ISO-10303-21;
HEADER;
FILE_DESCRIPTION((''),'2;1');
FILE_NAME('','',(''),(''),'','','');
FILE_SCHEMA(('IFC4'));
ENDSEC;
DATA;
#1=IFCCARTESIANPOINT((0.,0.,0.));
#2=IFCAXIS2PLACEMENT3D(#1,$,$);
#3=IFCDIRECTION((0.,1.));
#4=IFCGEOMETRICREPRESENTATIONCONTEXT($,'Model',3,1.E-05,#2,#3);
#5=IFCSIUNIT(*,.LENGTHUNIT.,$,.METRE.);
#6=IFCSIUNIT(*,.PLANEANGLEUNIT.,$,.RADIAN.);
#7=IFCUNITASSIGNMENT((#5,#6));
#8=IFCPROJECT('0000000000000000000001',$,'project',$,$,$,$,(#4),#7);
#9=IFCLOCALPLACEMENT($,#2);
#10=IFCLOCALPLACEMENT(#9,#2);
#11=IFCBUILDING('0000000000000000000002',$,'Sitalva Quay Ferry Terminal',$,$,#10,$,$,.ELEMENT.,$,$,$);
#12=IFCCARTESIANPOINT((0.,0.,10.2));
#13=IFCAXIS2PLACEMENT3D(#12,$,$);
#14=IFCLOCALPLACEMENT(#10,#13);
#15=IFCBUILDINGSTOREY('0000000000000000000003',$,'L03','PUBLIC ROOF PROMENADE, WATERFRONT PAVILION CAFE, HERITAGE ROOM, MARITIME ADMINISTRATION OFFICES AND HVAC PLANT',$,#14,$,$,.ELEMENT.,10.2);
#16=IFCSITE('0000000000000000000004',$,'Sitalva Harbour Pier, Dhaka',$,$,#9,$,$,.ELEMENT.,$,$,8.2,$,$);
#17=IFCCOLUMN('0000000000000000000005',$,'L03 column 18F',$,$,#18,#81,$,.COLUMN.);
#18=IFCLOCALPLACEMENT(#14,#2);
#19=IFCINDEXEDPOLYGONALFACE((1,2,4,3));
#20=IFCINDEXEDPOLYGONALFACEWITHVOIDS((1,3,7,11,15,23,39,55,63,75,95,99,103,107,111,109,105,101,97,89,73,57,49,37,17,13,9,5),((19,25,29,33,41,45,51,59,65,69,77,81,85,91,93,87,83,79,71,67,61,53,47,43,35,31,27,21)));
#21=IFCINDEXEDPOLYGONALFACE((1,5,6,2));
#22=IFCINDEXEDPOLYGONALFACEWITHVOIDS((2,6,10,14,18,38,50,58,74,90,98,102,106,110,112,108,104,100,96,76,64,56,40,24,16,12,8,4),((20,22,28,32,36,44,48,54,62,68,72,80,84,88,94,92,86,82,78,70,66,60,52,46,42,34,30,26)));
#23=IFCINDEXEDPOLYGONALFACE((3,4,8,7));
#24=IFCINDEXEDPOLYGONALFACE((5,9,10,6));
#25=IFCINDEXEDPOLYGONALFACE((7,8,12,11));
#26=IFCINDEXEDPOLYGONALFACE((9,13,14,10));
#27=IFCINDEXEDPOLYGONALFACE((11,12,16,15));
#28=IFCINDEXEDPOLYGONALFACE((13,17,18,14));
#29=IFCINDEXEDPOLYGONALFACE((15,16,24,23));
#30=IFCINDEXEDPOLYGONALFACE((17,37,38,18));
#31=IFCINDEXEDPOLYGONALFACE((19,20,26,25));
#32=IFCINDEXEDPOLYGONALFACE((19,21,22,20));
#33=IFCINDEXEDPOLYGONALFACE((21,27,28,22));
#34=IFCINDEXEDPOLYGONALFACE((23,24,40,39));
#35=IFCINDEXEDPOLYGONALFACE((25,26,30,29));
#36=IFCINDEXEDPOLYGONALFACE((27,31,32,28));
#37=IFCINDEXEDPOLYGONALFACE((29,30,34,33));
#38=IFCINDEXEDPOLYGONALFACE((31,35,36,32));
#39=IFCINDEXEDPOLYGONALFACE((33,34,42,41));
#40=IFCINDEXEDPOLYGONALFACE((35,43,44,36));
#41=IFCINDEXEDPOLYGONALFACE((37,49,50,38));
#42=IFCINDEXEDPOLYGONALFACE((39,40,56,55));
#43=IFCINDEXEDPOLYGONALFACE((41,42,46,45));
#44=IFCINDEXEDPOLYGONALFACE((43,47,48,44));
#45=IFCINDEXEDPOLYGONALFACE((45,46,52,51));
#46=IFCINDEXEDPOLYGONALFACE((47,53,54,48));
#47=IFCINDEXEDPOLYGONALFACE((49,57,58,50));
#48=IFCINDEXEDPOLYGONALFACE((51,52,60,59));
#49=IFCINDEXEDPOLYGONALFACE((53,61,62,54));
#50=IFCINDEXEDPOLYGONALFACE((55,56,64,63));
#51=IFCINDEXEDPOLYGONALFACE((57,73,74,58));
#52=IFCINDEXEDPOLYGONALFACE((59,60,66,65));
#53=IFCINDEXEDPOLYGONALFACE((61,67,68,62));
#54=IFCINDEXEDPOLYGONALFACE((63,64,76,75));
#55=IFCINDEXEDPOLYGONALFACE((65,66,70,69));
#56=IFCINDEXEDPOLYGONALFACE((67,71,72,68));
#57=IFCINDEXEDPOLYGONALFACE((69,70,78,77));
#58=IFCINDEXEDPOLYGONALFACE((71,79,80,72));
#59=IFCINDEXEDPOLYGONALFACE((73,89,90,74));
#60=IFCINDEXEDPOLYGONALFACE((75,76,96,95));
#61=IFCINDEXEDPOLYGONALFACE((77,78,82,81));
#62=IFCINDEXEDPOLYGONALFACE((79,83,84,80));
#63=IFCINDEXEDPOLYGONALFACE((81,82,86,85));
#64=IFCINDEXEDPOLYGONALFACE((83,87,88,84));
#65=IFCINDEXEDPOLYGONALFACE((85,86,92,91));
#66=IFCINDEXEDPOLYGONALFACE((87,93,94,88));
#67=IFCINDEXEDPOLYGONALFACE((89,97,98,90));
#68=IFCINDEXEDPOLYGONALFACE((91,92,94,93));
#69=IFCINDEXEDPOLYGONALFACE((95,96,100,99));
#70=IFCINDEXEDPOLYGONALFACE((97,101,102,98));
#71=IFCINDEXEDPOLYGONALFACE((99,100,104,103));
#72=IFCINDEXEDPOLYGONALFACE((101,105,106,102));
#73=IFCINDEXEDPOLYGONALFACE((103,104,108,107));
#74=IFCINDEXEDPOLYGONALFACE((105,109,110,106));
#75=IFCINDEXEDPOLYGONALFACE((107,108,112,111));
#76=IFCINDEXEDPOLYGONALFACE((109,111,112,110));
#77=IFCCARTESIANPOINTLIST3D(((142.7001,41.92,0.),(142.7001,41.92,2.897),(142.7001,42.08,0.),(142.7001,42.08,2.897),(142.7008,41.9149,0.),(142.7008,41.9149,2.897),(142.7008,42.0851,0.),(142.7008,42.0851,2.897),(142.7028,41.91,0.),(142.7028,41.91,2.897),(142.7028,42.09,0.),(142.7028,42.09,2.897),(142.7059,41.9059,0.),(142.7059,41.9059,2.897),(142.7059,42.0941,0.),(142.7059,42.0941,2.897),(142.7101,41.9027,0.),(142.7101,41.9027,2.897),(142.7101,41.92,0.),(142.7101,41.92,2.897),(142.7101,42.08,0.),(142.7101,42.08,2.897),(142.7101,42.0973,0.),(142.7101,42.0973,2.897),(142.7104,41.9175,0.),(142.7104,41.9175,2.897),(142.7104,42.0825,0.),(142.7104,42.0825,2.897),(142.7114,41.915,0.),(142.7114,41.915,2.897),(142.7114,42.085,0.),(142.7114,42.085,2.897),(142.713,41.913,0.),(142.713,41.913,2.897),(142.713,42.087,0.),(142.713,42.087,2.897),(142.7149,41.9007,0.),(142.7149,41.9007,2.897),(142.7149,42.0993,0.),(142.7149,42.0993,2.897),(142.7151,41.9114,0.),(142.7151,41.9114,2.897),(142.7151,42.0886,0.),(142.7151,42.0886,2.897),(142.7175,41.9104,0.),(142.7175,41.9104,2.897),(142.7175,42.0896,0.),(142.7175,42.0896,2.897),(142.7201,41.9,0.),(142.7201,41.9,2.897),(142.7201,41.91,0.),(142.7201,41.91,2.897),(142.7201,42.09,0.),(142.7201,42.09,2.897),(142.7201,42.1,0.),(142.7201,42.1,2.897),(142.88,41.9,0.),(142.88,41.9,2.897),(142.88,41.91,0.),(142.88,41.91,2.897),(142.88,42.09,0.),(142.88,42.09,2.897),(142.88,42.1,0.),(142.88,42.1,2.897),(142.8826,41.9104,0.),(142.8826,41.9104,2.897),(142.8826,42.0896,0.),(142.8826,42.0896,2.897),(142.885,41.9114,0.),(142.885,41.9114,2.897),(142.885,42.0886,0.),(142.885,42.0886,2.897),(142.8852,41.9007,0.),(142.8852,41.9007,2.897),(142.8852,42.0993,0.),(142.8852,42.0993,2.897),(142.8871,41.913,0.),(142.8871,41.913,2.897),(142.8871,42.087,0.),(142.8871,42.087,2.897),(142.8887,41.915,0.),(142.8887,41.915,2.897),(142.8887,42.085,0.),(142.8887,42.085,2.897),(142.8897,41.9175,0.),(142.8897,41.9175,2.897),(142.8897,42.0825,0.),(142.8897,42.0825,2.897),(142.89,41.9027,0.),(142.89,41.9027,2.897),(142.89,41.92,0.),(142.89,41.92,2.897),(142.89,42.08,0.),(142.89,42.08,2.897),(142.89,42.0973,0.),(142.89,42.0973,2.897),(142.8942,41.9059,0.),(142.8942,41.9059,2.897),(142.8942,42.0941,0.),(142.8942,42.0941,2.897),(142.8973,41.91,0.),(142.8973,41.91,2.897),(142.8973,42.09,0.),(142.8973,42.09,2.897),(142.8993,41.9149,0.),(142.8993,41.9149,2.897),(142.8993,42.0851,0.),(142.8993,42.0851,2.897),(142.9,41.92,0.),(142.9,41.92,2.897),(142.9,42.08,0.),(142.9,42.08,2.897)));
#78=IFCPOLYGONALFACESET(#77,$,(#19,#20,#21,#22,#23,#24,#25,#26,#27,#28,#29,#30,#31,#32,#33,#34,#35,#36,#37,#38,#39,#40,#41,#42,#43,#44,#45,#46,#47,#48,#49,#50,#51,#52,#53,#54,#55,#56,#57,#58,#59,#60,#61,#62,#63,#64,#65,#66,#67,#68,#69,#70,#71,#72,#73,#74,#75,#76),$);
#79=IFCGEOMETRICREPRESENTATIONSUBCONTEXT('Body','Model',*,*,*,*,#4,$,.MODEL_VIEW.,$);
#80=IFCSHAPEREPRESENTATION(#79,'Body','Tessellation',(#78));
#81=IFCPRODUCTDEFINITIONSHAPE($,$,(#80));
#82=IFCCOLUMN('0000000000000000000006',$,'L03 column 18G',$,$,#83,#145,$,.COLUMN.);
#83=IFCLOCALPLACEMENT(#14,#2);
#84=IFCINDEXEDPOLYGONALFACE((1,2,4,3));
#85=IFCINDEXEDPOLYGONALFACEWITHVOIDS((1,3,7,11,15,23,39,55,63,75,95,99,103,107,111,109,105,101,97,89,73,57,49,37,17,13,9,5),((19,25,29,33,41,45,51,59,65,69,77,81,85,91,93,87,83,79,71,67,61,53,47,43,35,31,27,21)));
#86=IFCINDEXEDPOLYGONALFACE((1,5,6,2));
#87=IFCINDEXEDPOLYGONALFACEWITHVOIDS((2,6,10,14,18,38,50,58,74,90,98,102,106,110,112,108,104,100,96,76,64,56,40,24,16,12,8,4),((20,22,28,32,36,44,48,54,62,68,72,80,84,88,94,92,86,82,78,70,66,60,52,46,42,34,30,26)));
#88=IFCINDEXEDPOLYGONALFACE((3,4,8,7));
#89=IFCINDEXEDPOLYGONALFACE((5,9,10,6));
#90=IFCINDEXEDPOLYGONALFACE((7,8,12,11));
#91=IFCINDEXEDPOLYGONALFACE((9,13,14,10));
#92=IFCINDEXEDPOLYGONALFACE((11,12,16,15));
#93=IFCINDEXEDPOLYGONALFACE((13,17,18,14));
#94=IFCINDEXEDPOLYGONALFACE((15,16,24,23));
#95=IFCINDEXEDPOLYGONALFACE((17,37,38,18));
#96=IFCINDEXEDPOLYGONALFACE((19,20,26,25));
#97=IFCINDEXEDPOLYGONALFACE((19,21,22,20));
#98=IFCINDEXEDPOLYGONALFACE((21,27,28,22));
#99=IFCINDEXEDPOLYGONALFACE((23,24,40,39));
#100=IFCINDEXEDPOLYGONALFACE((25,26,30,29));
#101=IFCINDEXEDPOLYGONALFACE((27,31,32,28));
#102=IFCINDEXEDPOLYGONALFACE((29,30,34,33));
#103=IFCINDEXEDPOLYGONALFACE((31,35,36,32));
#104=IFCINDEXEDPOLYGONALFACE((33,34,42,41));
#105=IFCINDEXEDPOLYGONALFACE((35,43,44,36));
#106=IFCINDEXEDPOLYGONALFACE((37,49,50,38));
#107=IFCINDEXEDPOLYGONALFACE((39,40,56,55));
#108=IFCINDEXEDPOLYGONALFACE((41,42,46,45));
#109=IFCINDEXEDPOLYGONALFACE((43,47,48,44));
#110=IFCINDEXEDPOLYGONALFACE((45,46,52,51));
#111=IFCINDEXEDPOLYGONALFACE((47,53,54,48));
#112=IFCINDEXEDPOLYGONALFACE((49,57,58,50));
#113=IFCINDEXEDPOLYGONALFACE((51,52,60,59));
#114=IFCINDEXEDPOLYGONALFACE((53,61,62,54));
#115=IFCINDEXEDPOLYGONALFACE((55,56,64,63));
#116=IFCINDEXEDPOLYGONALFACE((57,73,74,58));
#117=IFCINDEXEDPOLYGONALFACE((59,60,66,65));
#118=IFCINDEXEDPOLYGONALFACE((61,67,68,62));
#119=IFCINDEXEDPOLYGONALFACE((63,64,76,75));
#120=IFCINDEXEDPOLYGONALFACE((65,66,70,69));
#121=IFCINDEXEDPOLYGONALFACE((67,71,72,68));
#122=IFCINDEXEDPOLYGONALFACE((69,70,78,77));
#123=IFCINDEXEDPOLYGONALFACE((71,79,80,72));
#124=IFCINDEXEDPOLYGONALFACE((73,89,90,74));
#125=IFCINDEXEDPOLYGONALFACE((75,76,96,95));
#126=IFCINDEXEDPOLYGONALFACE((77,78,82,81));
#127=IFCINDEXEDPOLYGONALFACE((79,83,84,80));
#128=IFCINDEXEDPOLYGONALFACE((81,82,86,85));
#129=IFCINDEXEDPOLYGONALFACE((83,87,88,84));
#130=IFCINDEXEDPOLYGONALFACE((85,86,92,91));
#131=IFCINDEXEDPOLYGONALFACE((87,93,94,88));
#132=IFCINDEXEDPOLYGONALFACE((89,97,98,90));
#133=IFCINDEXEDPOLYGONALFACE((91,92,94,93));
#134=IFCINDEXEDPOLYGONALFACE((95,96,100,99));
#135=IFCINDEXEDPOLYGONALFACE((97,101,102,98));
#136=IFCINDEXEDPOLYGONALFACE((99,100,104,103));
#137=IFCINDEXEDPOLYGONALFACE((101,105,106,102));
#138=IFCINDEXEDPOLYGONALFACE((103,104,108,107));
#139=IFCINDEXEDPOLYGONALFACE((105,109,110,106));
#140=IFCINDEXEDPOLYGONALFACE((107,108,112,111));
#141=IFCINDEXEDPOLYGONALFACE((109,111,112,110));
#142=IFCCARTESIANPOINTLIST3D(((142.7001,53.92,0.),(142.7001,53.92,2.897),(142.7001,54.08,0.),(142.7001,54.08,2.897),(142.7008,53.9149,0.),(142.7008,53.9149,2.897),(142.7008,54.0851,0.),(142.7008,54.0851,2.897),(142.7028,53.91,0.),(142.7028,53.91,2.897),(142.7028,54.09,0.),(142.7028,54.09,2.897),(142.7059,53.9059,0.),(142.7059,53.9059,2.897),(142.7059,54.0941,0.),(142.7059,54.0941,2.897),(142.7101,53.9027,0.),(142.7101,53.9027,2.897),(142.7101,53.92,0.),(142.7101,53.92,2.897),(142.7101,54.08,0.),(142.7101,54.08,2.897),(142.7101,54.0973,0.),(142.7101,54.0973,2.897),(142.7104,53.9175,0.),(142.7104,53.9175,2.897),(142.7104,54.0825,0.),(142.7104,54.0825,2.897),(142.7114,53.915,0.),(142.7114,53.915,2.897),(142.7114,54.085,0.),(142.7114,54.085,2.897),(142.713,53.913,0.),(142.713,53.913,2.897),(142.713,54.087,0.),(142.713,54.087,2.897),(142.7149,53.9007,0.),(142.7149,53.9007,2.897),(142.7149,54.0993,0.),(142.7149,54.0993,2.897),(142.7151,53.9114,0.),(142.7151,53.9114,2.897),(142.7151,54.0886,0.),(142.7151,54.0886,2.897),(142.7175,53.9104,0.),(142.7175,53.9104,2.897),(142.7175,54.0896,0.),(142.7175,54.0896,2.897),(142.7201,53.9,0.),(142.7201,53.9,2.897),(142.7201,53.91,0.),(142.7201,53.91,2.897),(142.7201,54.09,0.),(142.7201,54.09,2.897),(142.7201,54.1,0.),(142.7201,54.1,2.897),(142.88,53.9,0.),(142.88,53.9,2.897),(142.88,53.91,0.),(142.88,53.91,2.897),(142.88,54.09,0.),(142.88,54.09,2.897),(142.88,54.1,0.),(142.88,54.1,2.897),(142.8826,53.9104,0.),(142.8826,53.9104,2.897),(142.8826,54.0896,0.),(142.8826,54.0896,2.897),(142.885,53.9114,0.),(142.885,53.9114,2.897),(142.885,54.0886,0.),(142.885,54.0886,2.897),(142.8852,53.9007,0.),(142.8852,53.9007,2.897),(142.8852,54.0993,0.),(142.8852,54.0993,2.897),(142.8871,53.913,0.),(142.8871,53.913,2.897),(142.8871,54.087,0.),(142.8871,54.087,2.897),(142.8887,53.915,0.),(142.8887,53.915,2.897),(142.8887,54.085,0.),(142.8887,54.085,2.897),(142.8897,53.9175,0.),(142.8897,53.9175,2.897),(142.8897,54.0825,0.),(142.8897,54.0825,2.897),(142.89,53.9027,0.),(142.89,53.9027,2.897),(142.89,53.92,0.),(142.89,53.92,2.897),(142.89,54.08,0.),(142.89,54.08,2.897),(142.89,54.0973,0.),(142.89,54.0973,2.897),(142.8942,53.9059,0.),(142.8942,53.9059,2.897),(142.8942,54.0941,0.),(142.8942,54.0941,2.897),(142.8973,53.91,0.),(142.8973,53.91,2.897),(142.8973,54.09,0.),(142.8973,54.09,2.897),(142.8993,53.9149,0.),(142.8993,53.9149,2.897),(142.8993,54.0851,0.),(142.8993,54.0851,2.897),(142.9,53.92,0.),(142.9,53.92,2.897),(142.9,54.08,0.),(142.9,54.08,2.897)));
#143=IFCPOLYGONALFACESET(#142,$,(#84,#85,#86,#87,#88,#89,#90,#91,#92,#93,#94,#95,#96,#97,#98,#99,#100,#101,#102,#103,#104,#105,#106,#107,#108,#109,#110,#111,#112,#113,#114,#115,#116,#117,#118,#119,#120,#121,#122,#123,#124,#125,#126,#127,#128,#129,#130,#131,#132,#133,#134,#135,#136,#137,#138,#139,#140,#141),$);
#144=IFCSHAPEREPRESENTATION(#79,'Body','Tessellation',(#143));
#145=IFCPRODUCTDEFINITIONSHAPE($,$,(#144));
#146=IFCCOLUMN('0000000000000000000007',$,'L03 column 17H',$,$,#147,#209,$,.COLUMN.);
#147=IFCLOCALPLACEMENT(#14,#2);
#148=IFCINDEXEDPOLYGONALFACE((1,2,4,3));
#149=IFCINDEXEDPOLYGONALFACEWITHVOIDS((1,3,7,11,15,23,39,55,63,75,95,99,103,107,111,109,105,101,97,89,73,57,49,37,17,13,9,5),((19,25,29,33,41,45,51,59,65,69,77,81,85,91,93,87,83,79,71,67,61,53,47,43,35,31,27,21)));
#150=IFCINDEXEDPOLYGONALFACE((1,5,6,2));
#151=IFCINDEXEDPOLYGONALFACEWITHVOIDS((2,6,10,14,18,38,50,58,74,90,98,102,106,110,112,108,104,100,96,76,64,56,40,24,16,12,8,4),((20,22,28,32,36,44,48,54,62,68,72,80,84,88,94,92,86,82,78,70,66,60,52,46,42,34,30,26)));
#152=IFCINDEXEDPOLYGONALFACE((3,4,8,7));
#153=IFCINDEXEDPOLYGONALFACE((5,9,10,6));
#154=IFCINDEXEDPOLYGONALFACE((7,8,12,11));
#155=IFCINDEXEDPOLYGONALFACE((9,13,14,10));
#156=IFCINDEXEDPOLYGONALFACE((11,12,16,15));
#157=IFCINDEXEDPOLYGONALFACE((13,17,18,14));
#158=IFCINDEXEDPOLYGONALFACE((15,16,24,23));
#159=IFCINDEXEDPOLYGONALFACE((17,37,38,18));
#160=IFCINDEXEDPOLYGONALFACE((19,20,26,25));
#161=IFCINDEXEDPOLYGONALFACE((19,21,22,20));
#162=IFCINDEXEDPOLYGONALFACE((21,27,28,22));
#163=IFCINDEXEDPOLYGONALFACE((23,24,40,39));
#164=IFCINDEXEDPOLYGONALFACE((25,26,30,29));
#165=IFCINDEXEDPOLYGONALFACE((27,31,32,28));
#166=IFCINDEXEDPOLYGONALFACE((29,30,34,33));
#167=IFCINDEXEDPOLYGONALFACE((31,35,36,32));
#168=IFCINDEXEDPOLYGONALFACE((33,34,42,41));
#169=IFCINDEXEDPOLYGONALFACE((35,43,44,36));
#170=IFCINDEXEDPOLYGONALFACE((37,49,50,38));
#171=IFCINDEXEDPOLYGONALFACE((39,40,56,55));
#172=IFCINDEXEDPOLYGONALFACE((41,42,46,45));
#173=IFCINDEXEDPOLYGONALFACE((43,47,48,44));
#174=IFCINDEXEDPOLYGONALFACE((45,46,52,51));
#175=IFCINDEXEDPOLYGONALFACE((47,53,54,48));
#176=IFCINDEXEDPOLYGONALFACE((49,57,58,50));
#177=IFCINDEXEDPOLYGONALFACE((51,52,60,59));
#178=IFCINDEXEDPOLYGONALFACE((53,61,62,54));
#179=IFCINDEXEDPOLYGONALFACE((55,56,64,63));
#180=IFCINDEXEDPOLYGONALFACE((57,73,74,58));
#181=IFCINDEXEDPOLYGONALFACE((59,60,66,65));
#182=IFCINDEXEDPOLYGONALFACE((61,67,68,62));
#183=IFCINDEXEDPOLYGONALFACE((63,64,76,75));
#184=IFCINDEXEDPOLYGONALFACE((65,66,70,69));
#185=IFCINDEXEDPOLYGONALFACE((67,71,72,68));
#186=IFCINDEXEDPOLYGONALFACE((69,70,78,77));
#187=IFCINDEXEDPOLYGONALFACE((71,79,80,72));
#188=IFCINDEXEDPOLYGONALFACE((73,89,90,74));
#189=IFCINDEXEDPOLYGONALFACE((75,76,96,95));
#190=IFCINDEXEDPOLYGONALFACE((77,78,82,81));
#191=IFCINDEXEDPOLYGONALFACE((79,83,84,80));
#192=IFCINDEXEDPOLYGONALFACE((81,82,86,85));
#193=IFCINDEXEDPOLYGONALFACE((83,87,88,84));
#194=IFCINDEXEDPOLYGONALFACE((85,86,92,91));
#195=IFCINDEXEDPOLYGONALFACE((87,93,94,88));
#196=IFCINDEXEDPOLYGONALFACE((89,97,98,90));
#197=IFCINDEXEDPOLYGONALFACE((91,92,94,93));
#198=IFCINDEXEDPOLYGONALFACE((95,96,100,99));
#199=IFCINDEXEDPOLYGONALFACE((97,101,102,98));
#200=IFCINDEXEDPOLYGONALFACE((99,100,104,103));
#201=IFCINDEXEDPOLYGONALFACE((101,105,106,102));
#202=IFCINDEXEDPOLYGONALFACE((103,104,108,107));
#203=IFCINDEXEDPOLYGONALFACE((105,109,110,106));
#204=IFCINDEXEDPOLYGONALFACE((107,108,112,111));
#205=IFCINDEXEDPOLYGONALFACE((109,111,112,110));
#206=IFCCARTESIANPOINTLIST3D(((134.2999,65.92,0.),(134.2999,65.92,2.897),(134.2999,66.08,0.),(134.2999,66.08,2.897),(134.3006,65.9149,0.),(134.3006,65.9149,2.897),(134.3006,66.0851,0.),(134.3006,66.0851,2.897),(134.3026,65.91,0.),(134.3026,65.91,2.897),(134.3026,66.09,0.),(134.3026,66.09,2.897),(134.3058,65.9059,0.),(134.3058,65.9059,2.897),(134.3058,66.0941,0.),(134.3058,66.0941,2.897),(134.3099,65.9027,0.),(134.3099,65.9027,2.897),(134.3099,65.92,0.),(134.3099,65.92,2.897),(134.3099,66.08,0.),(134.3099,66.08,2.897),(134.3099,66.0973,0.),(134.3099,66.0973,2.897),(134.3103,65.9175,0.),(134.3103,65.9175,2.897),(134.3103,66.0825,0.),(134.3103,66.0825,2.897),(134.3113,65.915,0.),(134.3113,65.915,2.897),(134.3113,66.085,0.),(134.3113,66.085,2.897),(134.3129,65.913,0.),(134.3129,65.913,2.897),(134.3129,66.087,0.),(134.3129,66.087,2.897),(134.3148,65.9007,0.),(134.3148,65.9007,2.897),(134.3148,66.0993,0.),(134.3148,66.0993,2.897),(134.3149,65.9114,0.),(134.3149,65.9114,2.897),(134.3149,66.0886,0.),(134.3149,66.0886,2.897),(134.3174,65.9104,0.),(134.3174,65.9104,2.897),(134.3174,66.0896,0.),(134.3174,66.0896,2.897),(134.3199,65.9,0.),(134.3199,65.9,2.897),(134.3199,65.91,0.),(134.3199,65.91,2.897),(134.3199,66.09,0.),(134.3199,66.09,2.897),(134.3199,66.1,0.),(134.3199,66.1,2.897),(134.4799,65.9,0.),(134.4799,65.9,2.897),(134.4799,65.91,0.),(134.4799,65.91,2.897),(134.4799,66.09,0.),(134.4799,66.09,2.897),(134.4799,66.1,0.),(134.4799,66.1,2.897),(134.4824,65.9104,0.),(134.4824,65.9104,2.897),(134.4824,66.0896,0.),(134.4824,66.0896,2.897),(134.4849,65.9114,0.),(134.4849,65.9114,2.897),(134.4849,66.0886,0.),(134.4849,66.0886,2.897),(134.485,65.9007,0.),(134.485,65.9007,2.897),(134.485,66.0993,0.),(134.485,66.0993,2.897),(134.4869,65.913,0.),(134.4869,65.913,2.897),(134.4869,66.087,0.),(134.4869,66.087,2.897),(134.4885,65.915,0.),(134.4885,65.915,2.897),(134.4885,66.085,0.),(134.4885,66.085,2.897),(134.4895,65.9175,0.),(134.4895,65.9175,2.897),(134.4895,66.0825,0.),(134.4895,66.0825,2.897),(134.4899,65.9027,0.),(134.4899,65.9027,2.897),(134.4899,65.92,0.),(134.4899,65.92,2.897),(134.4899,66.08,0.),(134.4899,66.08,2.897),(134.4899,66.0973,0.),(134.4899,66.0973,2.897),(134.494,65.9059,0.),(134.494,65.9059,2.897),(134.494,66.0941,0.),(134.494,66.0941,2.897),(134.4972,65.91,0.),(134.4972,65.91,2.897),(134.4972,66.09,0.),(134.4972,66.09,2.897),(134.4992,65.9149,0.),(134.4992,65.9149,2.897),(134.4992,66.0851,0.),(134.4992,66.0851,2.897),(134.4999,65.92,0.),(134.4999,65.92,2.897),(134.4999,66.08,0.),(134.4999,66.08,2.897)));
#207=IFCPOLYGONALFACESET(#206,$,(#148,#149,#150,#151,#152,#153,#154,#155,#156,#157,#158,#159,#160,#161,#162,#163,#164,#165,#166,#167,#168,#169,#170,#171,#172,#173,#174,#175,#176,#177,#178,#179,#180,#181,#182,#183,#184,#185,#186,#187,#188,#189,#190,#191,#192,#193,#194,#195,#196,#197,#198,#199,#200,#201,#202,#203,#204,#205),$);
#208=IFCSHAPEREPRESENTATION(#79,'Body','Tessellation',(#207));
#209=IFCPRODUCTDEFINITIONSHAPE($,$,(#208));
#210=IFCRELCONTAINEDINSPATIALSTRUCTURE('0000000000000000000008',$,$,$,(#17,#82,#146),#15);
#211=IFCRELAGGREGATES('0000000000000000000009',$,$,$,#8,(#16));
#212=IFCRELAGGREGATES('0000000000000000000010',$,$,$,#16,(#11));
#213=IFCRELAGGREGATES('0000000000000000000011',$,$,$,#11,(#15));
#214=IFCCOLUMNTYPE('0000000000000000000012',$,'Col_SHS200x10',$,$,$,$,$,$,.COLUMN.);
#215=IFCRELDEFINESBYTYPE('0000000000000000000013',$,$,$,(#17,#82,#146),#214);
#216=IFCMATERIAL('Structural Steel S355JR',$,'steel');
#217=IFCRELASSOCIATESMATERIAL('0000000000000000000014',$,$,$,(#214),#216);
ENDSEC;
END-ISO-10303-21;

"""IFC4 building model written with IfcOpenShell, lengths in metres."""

from ifc_helpers import new_model, si_unit, direction, frame, origin, origin_2d, place, context, subcontext, project, spatial, hollow_rectangle, extrude, material, material_profile, profile_set, type_object, element, save


model = new_model("IFC4")

# Units and contexts
model_context = context("Model", 3, precision=1e-05, world=origin(), true_north=direction((0.0, 1.0)))
body_context = subcontext(model_context, "Body", "Model", "MODEL_VIEW")
ifc_project = project(units=[si_unit("LENGTHUNIT", "METRE"), si_unit("PLANEANGLEUNIT", "RADIAN")], contexts=[model_context])

# Site, building, storey
site_placement = place(None, origin())
site = spatial("IfcSite", under=ifc_project, at=site_placement, Name="Sitalva Harbour Pier, Dhaka", CompositionType="ELEMENT", RefElevation=8.2)
building_placement = place(site_placement, origin())
building = spatial("IfcBuilding", under=site, at=building_placement, Name="Sitalva Quay Ferry Terminal", CompositionType="ELEMENT")
storey_placement = place(building_placement, frame((0.0, 0.0, 10.2)))
storey = spatial("IfcBuildingStorey", under=building, at=storey_placement, Name="L03", Description="PUBLIC ROOF PROMENADE, WATERFRONT PAVILION CAFE, HERITAGE ROOM, MARITIME ADMINISTRATION OFFICES AND HVAC PLANT", CompositionType="ELEMENT", Elevation=10.2)

# Columns
ifc_material_1 = material(Name="Structural Steel S355JR", Category="steel")
ifc_material_profile_1 = material_profile(ifc_material_1, hollow_rectangle(XDim=0.2, YDim=0.2, WallThickness=0.01, InnerFilletRadius=0.01, OuterFilletRadius=0.02, at=origin_2d()), Name="SHS200x200x10")
ifc_profile_set_1 = profile_set([ifc_material_profile_1], Name="Structural Steel S355JR")
column_type = type_object("IfcColumnType", Name="Col_SHS200x10", PredefinedType="COLUMN", material=ifc_profile_set_1)
for number, where, z_axis, x_axis, name in (
    (1, (142.8, 42.0, 0.0), (0.0, 0.0, 1.0), (1.0, 0.0, 0.0), "L03 column 18F"),
    (2, (142.8, 54.0, 0.0), (0.0, 0.0, 1.0), (1.0, 0.0, 0.0), "L03 column 18G"),
    (3, (134.3999, 66.0, 0.0), (0.0, 0.0, 1.0), (1.0, 0.0, 0.0), "L03 column 17H"),
):
    element("IfcColumn", number, at=place(storey_placement, frame(where, z_axis=z_axis, x_axis=x_axis)), inside=storey, type_object=column_type, Name=name, PredefinedType="COLUMN", context=body_context, shape_type="SweptSolid", body=[
        extrude(hollow_rectangle(XDim=0.2, YDim=0.2, WallThickness=0.01, InnerFilletRadius=0.01, OuterFilletRadius=0.02, at=origin_2d()), origin(), (0.0, 0.0, 1.0), 2.897),
    ])

save(model, "model.ifc")
